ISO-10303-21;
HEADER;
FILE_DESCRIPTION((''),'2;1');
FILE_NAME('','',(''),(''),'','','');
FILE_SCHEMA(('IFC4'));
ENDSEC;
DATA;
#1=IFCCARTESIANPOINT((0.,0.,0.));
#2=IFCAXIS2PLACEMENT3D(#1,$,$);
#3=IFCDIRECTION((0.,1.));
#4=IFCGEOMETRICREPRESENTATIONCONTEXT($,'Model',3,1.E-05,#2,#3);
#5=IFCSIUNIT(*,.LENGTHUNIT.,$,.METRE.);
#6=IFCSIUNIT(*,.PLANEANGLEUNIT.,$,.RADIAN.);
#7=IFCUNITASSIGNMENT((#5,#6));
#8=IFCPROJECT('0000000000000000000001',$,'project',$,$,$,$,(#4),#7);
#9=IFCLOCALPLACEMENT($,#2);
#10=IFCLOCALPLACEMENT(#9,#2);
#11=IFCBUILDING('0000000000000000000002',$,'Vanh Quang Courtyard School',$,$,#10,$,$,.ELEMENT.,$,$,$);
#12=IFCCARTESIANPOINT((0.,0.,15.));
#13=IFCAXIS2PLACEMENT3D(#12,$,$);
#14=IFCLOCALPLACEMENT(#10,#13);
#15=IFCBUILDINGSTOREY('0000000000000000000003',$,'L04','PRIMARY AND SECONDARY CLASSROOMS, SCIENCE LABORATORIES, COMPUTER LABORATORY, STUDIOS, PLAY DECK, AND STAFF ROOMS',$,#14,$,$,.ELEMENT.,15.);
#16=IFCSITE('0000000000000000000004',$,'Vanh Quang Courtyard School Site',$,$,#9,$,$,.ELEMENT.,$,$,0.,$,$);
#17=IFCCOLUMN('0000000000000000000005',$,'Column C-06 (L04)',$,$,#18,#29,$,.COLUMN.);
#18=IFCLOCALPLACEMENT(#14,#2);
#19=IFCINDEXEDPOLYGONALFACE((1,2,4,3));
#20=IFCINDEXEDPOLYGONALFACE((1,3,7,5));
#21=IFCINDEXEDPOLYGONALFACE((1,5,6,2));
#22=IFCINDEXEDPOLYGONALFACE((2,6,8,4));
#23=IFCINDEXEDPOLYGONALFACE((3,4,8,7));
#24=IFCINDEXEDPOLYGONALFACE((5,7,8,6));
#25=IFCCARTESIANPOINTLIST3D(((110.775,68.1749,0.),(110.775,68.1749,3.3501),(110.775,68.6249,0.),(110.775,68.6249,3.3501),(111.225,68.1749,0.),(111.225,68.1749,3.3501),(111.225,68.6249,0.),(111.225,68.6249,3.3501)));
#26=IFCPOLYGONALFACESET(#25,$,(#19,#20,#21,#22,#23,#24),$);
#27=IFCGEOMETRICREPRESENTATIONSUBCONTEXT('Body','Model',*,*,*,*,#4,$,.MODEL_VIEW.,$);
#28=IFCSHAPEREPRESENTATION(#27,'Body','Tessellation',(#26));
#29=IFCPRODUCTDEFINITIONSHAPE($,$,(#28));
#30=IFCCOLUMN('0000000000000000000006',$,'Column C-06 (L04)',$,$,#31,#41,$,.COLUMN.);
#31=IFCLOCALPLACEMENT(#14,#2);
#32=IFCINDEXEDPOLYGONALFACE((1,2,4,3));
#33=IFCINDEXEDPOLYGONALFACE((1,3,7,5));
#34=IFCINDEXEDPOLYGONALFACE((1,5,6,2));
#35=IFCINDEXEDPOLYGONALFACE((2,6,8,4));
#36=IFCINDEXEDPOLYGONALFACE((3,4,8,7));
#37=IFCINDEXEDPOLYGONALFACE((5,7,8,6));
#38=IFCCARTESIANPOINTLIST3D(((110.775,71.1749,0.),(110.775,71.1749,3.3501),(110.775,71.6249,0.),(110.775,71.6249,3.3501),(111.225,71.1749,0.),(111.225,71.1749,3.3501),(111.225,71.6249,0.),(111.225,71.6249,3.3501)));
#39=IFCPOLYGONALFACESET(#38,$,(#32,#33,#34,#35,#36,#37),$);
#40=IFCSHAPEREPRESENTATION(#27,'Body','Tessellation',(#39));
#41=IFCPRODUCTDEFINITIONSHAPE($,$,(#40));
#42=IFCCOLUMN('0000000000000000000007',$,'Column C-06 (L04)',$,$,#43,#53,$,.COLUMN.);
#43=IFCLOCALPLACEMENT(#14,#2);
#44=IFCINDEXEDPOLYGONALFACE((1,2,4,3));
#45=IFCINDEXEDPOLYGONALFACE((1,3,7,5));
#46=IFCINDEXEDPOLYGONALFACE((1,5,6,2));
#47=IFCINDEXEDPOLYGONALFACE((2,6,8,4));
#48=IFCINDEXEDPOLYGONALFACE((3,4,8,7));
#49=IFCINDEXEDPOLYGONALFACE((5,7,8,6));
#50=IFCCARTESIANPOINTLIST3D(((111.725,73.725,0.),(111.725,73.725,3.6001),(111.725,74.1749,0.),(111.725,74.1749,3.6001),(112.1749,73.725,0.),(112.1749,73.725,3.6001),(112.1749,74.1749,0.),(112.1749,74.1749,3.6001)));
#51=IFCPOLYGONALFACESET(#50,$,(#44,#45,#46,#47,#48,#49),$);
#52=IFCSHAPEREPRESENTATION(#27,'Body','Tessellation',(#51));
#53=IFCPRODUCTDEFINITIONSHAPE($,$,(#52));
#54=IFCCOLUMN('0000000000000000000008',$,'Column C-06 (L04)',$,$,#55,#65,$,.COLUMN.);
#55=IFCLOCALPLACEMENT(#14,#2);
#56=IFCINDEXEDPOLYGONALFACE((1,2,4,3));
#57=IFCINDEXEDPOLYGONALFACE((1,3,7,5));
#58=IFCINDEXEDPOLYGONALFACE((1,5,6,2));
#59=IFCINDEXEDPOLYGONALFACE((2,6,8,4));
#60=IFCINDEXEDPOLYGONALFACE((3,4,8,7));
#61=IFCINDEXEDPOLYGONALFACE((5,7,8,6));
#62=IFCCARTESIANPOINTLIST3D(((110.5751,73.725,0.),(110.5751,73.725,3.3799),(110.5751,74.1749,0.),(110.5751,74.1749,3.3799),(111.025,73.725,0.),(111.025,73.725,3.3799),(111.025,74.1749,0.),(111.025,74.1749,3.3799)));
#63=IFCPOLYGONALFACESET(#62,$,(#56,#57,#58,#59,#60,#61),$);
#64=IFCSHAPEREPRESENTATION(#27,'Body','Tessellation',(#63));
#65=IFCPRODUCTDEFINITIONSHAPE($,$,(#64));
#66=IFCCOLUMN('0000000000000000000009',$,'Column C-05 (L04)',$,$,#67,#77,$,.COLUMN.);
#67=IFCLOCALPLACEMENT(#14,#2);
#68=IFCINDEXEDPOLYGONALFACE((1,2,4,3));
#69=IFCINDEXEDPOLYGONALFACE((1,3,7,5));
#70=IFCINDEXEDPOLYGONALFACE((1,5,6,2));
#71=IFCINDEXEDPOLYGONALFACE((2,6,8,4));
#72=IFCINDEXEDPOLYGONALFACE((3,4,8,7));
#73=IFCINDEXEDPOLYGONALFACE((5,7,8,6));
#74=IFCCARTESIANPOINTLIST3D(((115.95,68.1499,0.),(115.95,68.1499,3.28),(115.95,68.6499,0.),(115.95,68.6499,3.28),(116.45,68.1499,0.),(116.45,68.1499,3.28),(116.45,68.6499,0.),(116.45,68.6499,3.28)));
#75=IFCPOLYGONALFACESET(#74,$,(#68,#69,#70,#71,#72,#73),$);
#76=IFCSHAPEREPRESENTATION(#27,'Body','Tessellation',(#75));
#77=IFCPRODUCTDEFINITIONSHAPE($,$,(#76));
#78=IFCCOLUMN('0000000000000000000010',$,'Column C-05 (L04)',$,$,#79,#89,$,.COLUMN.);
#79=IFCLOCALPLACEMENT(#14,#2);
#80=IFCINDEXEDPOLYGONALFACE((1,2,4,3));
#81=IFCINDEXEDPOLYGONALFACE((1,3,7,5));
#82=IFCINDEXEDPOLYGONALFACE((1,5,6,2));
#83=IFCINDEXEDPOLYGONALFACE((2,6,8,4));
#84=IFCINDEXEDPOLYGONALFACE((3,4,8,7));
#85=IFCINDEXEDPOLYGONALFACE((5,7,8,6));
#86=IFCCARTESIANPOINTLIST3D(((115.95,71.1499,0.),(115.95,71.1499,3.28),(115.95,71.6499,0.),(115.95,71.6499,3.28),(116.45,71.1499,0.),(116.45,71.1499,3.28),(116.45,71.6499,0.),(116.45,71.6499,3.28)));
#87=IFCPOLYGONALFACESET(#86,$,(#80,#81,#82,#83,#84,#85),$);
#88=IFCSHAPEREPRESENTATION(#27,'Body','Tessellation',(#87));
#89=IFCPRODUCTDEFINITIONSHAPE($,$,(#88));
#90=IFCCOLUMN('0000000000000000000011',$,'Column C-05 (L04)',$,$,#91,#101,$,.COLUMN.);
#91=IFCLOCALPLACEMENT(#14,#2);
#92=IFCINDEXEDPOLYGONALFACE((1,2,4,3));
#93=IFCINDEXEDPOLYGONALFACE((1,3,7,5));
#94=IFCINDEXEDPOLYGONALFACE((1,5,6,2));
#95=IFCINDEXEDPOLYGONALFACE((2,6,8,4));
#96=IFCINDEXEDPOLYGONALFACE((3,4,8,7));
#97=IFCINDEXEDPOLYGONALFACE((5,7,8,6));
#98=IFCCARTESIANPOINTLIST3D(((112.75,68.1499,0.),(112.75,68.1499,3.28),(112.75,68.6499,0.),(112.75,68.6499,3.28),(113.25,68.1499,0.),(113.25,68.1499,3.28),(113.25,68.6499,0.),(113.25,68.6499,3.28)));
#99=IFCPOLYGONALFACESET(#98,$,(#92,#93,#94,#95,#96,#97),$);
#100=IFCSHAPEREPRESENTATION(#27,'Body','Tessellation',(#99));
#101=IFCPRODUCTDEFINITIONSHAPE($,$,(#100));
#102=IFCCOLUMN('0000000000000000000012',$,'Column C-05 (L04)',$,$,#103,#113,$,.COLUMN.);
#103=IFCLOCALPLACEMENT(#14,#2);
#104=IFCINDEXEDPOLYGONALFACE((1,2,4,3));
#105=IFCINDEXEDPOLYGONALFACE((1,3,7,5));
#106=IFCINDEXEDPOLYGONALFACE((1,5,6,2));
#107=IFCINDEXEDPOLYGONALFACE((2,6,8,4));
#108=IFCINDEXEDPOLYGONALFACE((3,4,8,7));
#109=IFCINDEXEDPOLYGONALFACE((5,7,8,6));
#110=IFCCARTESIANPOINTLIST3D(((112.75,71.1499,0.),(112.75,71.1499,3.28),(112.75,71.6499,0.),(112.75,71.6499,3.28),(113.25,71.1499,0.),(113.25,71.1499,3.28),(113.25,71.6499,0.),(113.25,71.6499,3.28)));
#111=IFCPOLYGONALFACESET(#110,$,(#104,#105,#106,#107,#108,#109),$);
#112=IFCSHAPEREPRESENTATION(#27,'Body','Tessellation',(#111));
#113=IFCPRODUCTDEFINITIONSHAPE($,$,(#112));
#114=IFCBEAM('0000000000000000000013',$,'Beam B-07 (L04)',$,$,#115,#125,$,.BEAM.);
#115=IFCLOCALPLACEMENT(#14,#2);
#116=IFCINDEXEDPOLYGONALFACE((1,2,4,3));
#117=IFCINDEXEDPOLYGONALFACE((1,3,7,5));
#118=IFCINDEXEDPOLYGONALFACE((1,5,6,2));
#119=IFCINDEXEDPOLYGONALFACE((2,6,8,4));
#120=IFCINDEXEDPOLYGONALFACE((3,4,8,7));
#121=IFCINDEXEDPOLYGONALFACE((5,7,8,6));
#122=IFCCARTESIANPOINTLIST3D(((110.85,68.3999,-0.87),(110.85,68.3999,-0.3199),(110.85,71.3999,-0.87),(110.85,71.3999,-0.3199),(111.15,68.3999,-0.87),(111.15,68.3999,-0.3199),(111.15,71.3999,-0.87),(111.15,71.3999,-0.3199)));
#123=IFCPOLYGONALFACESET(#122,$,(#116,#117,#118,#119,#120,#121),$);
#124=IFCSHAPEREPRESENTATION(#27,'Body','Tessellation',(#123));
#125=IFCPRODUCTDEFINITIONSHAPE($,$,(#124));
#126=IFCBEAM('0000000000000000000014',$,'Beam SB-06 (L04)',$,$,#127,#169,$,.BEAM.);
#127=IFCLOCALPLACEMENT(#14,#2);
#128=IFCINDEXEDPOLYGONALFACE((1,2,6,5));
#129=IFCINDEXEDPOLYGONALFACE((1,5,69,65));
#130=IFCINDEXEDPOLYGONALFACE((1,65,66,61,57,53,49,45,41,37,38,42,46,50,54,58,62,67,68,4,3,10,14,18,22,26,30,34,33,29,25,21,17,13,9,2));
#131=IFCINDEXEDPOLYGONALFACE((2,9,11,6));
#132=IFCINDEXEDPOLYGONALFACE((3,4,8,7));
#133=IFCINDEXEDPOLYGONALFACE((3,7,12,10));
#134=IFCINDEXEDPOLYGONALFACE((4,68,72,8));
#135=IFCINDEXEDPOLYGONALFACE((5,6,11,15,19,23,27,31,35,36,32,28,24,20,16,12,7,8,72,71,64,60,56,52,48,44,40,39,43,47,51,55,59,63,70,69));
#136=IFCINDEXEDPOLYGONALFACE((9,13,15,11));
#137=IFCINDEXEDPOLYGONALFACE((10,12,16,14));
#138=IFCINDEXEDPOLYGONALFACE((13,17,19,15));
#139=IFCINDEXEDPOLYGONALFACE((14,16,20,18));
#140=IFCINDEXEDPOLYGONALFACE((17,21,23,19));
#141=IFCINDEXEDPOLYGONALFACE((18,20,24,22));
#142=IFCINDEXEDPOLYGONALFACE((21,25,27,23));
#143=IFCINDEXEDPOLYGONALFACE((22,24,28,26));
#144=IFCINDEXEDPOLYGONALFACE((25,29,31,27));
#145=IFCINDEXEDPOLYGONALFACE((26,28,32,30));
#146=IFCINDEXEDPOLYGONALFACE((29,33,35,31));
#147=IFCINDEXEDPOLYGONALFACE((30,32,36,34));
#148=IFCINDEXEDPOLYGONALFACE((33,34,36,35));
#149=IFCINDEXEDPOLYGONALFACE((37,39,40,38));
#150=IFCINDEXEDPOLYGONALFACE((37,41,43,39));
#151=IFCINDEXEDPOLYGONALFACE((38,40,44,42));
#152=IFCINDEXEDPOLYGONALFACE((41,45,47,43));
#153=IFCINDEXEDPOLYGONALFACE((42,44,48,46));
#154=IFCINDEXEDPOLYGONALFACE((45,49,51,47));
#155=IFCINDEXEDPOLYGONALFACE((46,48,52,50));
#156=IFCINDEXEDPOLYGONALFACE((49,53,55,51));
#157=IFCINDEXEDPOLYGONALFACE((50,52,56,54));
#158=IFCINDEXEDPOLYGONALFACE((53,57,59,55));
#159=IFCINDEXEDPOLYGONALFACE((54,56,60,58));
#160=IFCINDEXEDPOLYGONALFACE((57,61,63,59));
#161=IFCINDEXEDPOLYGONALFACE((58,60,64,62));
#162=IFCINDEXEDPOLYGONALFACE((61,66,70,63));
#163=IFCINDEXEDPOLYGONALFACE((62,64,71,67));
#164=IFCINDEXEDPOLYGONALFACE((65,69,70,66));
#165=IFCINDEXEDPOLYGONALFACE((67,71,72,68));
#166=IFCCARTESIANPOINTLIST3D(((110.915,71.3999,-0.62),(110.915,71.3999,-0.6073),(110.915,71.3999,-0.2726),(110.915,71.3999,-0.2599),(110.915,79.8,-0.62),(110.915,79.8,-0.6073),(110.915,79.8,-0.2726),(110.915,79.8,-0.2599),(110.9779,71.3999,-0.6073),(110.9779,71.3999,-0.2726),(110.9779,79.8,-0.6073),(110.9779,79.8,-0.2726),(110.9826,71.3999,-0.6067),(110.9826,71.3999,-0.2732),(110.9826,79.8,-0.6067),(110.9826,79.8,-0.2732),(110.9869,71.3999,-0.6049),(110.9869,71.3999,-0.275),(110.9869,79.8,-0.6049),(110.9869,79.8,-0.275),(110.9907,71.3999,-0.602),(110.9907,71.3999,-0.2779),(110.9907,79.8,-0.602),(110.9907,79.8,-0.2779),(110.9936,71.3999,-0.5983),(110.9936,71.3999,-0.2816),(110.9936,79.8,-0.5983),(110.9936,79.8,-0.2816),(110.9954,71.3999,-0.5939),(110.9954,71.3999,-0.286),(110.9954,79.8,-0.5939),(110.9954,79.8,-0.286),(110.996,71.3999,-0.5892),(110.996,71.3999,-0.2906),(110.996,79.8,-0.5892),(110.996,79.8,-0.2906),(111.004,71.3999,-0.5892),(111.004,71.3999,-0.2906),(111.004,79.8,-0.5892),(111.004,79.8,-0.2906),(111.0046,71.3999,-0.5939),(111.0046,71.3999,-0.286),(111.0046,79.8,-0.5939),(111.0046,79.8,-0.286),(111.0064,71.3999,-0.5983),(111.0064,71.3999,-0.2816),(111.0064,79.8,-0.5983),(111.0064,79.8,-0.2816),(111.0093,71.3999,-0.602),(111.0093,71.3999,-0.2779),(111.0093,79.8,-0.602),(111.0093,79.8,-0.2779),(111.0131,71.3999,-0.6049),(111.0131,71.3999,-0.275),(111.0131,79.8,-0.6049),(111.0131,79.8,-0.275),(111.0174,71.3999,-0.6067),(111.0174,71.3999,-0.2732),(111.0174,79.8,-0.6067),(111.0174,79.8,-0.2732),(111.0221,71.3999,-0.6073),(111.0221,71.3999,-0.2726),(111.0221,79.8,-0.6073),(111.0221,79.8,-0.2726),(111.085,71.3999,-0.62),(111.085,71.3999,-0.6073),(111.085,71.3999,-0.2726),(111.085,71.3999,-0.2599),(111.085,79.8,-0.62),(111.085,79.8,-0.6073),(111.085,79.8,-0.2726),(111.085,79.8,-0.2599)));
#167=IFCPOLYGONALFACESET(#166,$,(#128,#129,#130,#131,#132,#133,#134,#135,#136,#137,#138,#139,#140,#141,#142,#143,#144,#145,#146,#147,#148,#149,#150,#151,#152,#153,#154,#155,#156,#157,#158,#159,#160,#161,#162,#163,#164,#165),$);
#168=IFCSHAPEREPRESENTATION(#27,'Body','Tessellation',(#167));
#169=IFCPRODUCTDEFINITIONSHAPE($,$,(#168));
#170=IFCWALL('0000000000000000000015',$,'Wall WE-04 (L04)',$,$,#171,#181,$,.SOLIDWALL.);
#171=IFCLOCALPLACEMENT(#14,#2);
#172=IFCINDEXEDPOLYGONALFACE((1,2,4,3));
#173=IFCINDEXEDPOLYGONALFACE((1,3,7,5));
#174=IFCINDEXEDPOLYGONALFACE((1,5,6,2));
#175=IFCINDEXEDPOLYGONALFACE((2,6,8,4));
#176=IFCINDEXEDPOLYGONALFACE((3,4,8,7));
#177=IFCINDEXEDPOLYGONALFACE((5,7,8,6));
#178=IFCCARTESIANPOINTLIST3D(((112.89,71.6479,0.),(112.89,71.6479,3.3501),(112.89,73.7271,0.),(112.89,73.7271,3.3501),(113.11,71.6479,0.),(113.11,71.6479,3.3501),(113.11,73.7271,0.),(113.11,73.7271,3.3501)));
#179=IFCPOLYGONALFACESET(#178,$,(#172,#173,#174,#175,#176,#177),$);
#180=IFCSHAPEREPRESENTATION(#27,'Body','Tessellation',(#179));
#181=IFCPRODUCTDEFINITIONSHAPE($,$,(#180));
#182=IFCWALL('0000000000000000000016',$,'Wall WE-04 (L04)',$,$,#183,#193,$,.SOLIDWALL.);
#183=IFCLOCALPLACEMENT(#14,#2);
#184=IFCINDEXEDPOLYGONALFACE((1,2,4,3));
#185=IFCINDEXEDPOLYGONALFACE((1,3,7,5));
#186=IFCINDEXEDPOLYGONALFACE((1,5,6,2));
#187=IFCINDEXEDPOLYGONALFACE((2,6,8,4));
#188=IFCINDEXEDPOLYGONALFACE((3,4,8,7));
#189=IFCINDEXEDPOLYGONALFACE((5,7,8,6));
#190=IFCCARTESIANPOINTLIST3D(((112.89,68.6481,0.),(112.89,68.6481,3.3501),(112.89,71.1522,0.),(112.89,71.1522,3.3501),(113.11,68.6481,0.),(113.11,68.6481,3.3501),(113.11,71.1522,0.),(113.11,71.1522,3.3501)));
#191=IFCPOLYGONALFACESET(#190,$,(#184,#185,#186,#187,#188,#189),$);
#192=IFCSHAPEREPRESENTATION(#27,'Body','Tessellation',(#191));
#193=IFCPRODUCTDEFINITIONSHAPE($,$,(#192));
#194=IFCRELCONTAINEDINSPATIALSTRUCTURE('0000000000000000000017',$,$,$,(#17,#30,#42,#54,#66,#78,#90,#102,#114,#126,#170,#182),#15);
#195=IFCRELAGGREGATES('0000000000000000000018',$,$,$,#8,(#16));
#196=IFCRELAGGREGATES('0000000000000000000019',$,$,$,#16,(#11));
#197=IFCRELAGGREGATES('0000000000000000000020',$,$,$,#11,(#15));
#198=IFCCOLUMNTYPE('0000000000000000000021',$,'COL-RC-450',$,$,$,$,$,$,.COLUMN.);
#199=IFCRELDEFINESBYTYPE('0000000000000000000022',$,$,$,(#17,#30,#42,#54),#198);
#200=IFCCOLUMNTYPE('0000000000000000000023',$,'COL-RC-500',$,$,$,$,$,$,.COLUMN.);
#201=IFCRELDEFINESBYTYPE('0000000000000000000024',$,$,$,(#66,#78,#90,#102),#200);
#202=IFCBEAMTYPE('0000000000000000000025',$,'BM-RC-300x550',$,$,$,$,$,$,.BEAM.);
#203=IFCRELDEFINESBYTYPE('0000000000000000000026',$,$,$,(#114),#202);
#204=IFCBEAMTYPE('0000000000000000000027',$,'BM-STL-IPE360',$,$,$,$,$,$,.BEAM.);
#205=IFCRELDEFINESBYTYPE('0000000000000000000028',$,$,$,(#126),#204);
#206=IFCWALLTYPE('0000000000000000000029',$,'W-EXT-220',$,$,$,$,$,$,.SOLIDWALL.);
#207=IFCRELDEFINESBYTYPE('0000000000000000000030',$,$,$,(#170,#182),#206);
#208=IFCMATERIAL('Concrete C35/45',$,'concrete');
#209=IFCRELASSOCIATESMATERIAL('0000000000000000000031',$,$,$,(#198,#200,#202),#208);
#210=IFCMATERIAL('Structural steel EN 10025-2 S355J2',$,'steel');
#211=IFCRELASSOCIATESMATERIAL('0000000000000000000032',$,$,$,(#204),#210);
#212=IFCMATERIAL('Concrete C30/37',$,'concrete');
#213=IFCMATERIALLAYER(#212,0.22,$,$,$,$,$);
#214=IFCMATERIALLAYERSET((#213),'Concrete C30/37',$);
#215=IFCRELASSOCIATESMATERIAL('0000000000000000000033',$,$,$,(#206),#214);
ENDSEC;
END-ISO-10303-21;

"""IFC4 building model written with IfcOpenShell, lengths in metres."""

from ifc_helpers import new_model, si_unit, direction, frame, frame_2d, origin, origin_2d, place, context, subcontext, project, spatial, rectangle, i_section, extrude, material, layer, layer_set, material_profile, profile_set, type_object, element, save


model = new_model("IFC4")

# Units and contexts
model_context = context("Model", 3, precision=1e-05, world=origin(), true_north=direction((0.0, 1.0)))
body_context = subcontext(model_context, "Body", "Model", "MODEL_VIEW")
ifc_project = project(units=[si_unit("LENGTHUNIT", "METRE"), si_unit("PLANEANGLEUNIT", "RADIAN")], contexts=[model_context])

# Site, building, storey
site_placement = place(None, origin())
site = spatial("IfcSite", under=ifc_project, at=site_placement, Name="Vanh Quang Courtyard School Site", CompositionType="ELEMENT", RefElevation=0.0)
building_placement = place(site_placement, origin())
building = spatial("IfcBuilding", under=site, at=building_placement, Name="Vanh Quang Courtyard School", CompositionType="ELEMENT")
storey_placement = place(building_placement, frame((0.0, 0.0, 15.0)))
storey = spatial("IfcBuildingStorey", under=building, at=storey_placement, Name="L04", Description="PRIMARY AND SECONDARY CLASSROOMS, SCIENCE LABORATORIES, COMPUTER LABORATORY, STUDIOS, PLAY DECK, AND STAFF ROOMS", CompositionType="ELEMENT", Elevation=15.0)

# Columns
ifc_material_1 = material(Name="Concrete C35/45", Category="concrete")
ifc_material_profile_1 = material_profile(ifc_material_1, rectangle(XDim=0.45, YDim=0.45, at=origin_2d()), Name="RC-COL 450x450")
ifc_profile_set_1 = profile_set([ifc_material_profile_1], Name="Concrete C35/45")
column_type_1 = type_object("IfcColumnType", Name="COL-RC-450", PredefinedType="COLUMN", material=ifc_profile_set_1)
for number, where, z_axis, x_axis, name in (
    (1, (111.0, 68.3999, 0.0), (0.0, 0.0, 1.0), (1.0, 0.0, 0.0), "Column C-06 (L04)"),
    (2, (111.0, 71.3999, 0.0), (0.0, 0.0, 1.0), (1.0, 0.0, 0.0), "Column C-06 (L04)"),
):
    element("IfcColumn", number, at=place(storey_placement, frame(where, z_axis=z_axis, x_axis=x_axis)), inside=storey, type_object=column_type_1, Name=name, PredefinedType="COLUMN", context=body_context, shape_type="SweptSolid", body=[
        extrude(rectangle(XDim=0.45, YDim=0.45, at=origin_2d()), origin(), (0.0, 0.0, 1.0), 3.3501),
    ])
column_1_placement = place(storey_placement, frame((111.95, 73.95, 0.0), z_axis=(0.0, 0.0, 1.0), x_axis=(1.0, 0.0, 0.0)))
element("IfcColumn", 3, at=column_1_placement, inside=storey, type_object=column_type_1, Name="Column C-06 (L04)", PredefinedType="COLUMN", context=body_context, shape_type="SweptSolid", body=[
    extrude(rectangle(XDim=0.45, YDim=0.45, at=origin_2d()), origin(), (0.0, 0.0, 1.0), 3.6001),
])
column_2_placement = place(storey_placement, frame((110.8, 73.95, 0.0), z_axis=(0.0, 0.0, 1.0), x_axis=(1.0, 0.0, 0.0)))
element("IfcColumn", 4, at=column_2_placement, inside=storey, type_object=column_type_1, Name="Column C-06 (L04)", PredefinedType="COLUMN", context=body_context, shape_type="SweptSolid", body=[
    extrude(rectangle(XDim=0.45, YDim=0.45, at=origin_2d()), origin(), (0.0, 0.0, 1.0), 3.3799),
])
ifc_material_profile_2 = material_profile(ifc_material_1, rectangle(XDim=0.5, YDim=0.5, at=origin_2d()), Name="RC-COL 500x500")
ifc_profile_set_2 = profile_set([ifc_material_profile_2], Name="Concrete C35/45")
column_type_2 = type_object("IfcColumnType", Name="COL-RC-500", PredefinedType="COLUMN", material=ifc_profile_set_2)
for number, where, z_axis, x_axis, name in (
    (5, (116.2, 68.3999, 0.0), (0.0, 0.0, 1.0), (1.0, 0.0, 0.0), "Column C-05 (L04)"),
    (6, (116.2, 71.3999, 0.0), (0.0, 0.0, 1.0), (1.0, 0.0, 0.0), "Column C-05 (L04)"),
    (7, (113.0, 68.3999, 0.0), (0.0, 0.0, 1.0), (1.0, 0.0, 0.0), "Column C-05 (L04)"),
    (8, (113.0, 71.3999, 0.0), (0.0, 0.0, 1.0), (1.0, 0.0, 0.0), "Column C-05 (L04)"),
):
    element("IfcColumn", number, at=place(storey_placement, frame(where, z_axis=z_axis, x_axis=x_axis)), inside=storey, type_object=column_type_2, Name=name, PredefinedType="COLUMN", context=body_context, shape_type="SweptSolid", body=[
        extrude(rectangle(XDim=0.5, YDim=0.5, at=origin_2d()), origin(), (0.0, 0.0, 1.0), 3.28),
    ])

# Beams
ifc_material_profile_3 = material_profile(ifc_material_1, rectangle(XDim=0.3, YDim=0.55, at=origin_2d()), Name="RC-BM 300x550")
ifc_profile_set_3 = profile_set([ifc_material_profile_3], Name="Concrete C35/45")
beam_type_1 = type_object("IfcBeamType", Name="BM-RC-300x550", PredefinedType="BEAM", material=ifc_profile_set_3)
beam_1_placement = place(storey_placement, frame((111.0, 68.3999, -0.595), z_axis=(0.0, 1.0, 0.0), x_axis=(-1.0, 0.0, 0.0)))
element("IfcBeam", 9, at=beam_1_placement, inside=storey, type_object=beam_type_1, Name="Beam B-07 (L04)", PredefinedType="BEAM", context=body_context, shape_type="SweptSolid", body=[
    extrude(rectangle(XDim=0.3, YDim=0.55, at=origin_2d()), origin(), (0.0, 0.0, 1.0), 3.0),
])
ifc_material_2 = material(Name="Structural steel EN 10025-2 S355J2", Category="steel")
ifc_material_profile_4 = material_profile(ifc_material_2, i_section(OverallWidth=0.1699, OverallDepth=0.3601, WebThickness=0.0081, FlangeThickness=0.0127, FilletRadius=0.0181, at=origin_2d()), Name="IPE 360")
ifc_profile_set_4 = profile_set([ifc_material_profile_4], Name="Structural steel EN 10025-2 S355J2")
beam_type_2 = type_object("IfcBeamType", Name="BM-STL-IPE360", PredefinedType="BEAM", material=ifc_profile_set_4)
beam_2_placement = place(storey_placement, frame((111.0, 71.3999, -0.4399), z_axis=(0.0, 1.0, 0.0), x_axis=(-1.0, 0.0, 0.0)))
element("IfcBeam", 10, at=beam_2_placement, inside=storey, type_object=beam_type_2, Name="Beam SB-06 (L04)", PredefinedType="BEAM", context=body_context, shape_type="SweptSolid", body=[
    extrude(i_section(OverallWidth=0.1699, OverallDepth=0.3601, WebThickness=0.0081, FlangeThickness=0.0127, FilletRadius=0.0181, at=origin_2d()), origin(), (0.0, 0.0, 1.0), 8.4001),
])

# Walls
ifc_material_3 = material(Name="Concrete C30/37", Category="concrete")
ifc_layer_1 = layer(ifc_material_3, 0.22)
ifc_layer_set_1 = layer_set([ifc_layer_1], Name="Concrete C30/37")
wall_type_1 = type_object("IfcWallType", Name="W-EXT-220", PredefinedType="SOLIDWALL", material=ifc_layer_set_1)
wall_1_placement = place(storey_placement, frame((113.0, 73.7271, 0.0), z_axis=(0.0, 0.0, 1.0), x_axis=(0.0, -1.0, 0.0)))
element("IfcWall", 11, at=wall_1_placement, inside=storey, type_object=wall_type_1, Name="Wall WE-04 (L04)", PredefinedType="SOLIDWALL", context=body_context, shape_type="SweptSolid", body=[
    extrude(rectangle(XDim=2.0791, YDim=0.22, at=frame_2d((1.0396, 0.0))), origin(), (0.0, 0.0, 1.0), 3.3501),
])
wall_2_placement = place(storey_placement, frame((113.0, 71.1521, 0.0), z_axis=(0.0, 0.0, 1.0), x_axis=(0.0, -1.0, 0.0)))
element("IfcWall", 12, at=wall_2_placement, inside=storey, type_object=wall_type_1, Name="Wall WE-04 (L04)", PredefinedType="SOLIDWALL", context=body_context, shape_type="SweptSolid", body=[
    extrude(rectangle(XDim=2.5042, YDim=0.22, at=frame_2d((1.252, 0.0))), origin(), (0.0, 0.0, 1.0), 3.3501),
])

save(model, "model.ifc")
